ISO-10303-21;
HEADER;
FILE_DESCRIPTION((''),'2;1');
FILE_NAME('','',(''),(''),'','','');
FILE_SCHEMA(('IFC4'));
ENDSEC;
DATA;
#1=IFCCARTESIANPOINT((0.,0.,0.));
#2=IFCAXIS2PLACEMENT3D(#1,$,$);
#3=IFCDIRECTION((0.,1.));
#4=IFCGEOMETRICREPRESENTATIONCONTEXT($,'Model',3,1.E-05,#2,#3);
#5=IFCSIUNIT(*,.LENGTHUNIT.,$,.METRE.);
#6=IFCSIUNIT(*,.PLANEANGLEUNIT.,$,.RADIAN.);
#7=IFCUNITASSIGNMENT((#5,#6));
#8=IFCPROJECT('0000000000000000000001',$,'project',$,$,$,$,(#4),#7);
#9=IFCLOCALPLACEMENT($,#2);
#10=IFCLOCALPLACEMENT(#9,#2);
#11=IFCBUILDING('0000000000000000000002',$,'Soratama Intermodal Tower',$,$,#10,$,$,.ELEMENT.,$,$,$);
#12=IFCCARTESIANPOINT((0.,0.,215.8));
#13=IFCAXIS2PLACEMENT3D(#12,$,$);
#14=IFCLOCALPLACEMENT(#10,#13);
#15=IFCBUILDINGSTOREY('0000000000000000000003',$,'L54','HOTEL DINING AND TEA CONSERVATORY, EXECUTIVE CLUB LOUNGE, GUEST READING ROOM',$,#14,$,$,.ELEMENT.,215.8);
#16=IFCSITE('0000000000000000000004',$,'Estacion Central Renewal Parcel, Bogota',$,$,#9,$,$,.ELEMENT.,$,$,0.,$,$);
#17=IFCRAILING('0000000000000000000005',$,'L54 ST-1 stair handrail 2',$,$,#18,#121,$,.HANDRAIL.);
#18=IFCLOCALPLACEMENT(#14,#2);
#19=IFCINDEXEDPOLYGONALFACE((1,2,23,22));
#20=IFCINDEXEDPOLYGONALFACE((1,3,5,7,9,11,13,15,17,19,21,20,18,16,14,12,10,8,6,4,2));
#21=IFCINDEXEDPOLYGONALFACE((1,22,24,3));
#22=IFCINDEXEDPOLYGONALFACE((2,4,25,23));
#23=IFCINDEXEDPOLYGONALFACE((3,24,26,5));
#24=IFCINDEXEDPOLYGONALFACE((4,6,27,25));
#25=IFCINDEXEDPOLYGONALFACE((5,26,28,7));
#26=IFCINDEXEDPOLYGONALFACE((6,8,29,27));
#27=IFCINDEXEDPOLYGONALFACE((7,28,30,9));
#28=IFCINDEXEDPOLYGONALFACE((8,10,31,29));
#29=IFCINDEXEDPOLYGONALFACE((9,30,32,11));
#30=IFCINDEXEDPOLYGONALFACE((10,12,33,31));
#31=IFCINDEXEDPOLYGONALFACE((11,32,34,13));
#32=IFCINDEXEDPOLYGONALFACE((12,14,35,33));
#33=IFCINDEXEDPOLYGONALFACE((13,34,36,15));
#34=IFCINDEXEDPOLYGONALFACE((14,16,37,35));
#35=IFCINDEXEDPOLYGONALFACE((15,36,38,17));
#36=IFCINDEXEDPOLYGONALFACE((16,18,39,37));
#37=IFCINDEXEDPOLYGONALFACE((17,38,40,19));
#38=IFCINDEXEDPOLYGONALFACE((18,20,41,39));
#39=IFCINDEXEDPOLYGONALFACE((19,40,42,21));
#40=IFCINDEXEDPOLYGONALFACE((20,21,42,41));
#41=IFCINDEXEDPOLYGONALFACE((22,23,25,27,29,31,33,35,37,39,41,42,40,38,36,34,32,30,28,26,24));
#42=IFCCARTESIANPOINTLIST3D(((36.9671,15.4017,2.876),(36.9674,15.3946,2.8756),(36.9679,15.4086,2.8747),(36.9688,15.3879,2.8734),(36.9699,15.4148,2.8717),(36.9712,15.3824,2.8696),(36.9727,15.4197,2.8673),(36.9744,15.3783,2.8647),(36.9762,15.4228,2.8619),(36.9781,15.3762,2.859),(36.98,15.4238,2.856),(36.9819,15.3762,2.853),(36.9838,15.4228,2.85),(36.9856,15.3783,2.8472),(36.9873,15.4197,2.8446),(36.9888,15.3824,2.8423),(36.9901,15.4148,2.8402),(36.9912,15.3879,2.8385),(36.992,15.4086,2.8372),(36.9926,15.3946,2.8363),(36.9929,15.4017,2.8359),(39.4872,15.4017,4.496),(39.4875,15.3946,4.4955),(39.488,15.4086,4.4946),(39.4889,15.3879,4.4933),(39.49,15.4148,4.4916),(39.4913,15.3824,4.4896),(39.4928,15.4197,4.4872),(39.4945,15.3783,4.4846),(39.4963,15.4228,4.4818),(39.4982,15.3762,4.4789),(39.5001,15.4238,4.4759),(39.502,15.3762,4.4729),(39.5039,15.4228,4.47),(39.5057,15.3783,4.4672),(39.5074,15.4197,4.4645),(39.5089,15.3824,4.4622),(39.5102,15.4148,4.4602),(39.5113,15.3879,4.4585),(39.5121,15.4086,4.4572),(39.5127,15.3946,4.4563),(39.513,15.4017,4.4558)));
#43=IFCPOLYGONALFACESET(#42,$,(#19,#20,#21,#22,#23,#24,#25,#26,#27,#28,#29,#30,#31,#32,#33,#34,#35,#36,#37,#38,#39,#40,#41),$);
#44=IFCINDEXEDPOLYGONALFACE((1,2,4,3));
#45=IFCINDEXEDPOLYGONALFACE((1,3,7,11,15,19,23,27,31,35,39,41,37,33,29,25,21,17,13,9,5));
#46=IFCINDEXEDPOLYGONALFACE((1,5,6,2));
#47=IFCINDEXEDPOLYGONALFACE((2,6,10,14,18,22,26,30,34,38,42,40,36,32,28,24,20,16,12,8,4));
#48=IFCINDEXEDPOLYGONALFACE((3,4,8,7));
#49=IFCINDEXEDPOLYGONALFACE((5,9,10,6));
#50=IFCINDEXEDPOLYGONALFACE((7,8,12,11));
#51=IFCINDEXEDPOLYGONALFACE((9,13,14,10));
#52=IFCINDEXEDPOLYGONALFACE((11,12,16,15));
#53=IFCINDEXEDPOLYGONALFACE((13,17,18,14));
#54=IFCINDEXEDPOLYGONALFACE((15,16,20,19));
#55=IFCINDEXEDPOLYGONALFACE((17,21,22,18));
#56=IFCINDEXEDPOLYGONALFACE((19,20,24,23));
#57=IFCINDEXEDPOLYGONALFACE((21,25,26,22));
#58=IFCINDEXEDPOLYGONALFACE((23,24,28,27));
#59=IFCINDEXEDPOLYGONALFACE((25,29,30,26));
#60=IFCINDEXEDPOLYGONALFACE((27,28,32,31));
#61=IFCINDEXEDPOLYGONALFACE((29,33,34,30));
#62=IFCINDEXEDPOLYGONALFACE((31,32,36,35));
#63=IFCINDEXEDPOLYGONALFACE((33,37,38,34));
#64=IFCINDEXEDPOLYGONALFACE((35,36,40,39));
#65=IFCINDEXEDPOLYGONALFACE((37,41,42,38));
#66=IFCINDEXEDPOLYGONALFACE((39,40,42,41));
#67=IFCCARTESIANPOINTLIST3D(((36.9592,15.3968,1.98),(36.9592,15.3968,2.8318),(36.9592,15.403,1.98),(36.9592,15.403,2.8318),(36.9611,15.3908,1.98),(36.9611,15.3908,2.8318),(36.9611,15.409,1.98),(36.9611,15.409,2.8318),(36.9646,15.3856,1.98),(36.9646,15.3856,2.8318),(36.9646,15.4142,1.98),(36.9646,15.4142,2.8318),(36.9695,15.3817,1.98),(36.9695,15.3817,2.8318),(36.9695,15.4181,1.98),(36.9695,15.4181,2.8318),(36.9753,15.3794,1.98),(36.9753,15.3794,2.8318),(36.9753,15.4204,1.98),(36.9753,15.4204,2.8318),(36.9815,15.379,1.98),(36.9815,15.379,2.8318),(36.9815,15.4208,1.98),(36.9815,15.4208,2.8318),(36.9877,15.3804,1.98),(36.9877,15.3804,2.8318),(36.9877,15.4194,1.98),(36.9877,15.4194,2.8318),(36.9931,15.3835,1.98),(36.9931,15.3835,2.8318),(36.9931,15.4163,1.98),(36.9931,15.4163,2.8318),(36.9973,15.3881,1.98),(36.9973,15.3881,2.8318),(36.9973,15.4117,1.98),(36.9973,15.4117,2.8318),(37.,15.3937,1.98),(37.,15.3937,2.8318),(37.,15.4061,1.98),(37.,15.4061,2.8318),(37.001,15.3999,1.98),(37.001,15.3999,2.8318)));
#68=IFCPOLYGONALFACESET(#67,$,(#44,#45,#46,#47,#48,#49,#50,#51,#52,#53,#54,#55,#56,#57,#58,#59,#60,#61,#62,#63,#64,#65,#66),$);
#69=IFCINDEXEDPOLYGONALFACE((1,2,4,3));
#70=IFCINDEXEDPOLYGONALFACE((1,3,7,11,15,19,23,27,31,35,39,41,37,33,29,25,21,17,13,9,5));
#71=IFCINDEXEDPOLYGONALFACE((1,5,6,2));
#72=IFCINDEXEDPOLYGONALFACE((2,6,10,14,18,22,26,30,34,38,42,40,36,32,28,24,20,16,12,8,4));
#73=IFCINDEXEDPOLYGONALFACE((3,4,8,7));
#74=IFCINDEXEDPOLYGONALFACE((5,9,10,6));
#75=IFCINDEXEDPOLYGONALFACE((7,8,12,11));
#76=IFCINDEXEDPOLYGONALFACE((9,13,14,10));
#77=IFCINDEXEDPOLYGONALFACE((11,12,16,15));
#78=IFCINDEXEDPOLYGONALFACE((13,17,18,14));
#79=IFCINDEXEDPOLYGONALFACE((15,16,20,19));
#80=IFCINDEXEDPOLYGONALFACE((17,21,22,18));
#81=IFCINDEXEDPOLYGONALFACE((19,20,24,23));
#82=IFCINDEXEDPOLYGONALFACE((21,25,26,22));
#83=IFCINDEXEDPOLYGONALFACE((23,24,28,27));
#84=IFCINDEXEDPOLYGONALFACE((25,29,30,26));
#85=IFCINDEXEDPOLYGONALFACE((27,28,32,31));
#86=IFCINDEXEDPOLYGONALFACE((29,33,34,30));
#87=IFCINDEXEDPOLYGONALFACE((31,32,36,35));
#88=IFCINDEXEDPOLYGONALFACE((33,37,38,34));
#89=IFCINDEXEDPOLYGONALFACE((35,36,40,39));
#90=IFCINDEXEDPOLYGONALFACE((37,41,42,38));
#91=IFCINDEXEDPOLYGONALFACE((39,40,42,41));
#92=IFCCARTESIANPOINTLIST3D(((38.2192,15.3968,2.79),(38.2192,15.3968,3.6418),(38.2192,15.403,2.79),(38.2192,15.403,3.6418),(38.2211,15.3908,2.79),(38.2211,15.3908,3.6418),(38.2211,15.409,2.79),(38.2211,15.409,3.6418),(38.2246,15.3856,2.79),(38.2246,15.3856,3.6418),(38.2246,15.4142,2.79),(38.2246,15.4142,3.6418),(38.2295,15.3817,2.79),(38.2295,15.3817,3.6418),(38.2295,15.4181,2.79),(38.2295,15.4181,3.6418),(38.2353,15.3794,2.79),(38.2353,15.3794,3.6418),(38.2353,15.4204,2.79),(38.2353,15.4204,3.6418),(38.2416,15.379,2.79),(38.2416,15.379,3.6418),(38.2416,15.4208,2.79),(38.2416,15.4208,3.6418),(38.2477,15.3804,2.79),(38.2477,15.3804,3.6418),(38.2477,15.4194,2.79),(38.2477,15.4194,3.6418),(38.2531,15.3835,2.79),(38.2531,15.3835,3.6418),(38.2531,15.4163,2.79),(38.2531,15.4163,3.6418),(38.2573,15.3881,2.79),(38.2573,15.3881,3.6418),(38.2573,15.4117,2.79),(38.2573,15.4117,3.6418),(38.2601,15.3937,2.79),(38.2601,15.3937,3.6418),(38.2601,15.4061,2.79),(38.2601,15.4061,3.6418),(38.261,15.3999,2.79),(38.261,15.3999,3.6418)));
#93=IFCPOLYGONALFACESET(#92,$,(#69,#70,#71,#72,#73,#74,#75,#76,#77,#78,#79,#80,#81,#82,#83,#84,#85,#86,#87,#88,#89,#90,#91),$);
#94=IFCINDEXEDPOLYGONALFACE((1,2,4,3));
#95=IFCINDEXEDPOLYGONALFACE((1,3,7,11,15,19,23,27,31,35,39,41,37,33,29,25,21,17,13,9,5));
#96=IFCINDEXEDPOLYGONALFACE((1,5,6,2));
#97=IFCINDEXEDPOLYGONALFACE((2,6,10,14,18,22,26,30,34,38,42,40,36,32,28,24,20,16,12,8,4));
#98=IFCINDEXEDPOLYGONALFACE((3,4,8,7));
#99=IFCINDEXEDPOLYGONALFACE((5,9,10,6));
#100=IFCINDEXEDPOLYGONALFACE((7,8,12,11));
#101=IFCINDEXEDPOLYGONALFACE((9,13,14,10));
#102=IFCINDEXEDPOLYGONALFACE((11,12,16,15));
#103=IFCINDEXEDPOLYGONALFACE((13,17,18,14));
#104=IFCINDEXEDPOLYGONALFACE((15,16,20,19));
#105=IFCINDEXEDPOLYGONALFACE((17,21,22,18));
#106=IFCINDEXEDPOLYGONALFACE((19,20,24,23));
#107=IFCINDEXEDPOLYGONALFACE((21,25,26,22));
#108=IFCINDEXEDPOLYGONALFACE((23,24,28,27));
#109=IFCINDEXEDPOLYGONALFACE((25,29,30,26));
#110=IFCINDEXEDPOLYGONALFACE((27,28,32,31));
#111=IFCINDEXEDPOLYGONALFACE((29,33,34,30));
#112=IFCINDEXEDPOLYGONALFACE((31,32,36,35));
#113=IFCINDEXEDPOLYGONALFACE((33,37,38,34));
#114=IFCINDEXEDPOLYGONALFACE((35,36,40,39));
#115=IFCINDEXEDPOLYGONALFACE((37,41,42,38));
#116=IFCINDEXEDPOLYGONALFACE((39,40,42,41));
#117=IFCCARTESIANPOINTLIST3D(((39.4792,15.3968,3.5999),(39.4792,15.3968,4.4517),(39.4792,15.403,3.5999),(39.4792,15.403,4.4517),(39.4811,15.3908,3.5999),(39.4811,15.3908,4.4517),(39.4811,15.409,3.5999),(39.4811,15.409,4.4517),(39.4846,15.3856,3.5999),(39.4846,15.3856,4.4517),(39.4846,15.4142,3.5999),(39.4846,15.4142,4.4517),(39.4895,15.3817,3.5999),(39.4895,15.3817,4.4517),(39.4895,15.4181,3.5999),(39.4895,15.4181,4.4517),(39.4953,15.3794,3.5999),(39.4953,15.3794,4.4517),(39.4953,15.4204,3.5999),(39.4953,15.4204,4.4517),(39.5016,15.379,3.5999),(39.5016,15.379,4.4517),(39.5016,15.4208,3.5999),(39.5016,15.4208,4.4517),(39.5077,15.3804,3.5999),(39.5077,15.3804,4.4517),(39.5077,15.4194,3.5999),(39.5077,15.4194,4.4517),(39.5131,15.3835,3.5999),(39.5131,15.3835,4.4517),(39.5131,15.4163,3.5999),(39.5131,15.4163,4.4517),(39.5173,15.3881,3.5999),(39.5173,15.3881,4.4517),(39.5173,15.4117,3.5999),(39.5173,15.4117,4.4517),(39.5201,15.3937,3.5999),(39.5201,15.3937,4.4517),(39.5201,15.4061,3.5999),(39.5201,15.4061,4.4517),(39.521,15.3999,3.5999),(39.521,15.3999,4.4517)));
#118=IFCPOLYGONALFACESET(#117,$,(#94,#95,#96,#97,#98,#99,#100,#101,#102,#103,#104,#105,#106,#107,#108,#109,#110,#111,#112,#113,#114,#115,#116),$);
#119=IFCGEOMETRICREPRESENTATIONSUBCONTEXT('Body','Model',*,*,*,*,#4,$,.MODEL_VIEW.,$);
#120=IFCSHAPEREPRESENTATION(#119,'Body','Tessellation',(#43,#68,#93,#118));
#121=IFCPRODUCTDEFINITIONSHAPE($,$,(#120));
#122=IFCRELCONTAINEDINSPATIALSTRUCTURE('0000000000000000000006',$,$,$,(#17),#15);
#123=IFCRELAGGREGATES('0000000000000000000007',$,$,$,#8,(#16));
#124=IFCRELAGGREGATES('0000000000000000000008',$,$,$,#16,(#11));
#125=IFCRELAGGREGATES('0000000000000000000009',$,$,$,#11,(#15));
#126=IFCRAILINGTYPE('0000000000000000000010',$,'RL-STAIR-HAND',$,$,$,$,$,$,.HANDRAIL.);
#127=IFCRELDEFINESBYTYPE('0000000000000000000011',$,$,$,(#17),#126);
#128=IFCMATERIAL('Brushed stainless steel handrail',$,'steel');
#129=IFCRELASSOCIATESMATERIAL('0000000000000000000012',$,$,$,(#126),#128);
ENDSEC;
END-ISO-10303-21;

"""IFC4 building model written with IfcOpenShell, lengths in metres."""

from ifc_helpers import new_model, si_unit, direction, frame, origin, origin_2d, place, context, subcontext, project, spatial, circle, extrude, material, type_object, element, save


model = new_model("IFC4")

# Units and contexts
model_context = context("Model", 3, precision=1e-05, world=origin(), true_north=direction((0.0, 1.0)))
body_context = subcontext(model_context, "Body", "Model", "MODEL_VIEW")
ifc_project = project(units=[si_unit("LENGTHUNIT", "METRE"), si_unit("PLANEANGLEUNIT", "RADIAN")], contexts=[model_context])

# Site, building, storey
site_placement = place(None, origin())
site = spatial("IfcSite", under=ifc_project, at=site_placement, Name="Estacion Central Renewal Parcel, Bogota", CompositionType="ELEMENT", RefElevation=0.0)
building_placement = place(site_placement, origin())
building = spatial("IfcBuilding", under=site, at=building_placement, Name="Soratama Intermodal Tower", CompositionType="ELEMENT")
storey_placement = place(building_placement, frame((0.0, 0.0, 215.8)))
storey = spatial("IfcBuildingStorey", under=building, at=storey_placement, Name="L54", Description="HOTEL DINING AND TEA CONSERVATORY, EXECUTIVE CLUB LOUNGE, GUEST READING ROOM", CompositionType="ELEMENT", Elevation=215.8)

# Railing
ifc_material_1 = material(Name="Brushed stainless steel handrail", Category="steel")
railing_type_1 = type_object("IfcRailingType", Name="RL-STAIR-HAND", PredefinedType="HANDRAIL", material=ifc_material_1)
railing_1_placement = place(storey_placement, frame((36.98, 15.3999, 1.98)))
element("IfcRailing", 1, at=railing_1_placement, inside=storey, type_object=railing_type_1, Name="L54 ST-1 stair handrail 2", PredefinedType="HANDRAIL", context=body_context, shape_type="SweptSolid", body=[
    extrude(circle(Radius=0.0239, at=origin_2d()), frame((0.0, 0.0, 0.876), z_axis=(0.8412, 0.0, 0.540725), x_axis=(0.0, 1.0, 0.0)), (0.0, 0.0, 1.0), 2.9958),
    extrude(circle(Radius=0.021, at=origin_2d()), origin(), (0.0, 0.0, 1.0), 0.8518),
    extrude(circle(Radius=0.021, at=origin_2d()), frame((1.26, 0.0, 0.8101)), (0.0, 0.0, 1.0), 0.8518),
    extrude(circle(Radius=0.021, at=origin_2d()), frame((2.52, 0.0, 1.6199)), (0.0, 0.0, 1.0), 0.8518),
])

save(model, "model.ifc")
